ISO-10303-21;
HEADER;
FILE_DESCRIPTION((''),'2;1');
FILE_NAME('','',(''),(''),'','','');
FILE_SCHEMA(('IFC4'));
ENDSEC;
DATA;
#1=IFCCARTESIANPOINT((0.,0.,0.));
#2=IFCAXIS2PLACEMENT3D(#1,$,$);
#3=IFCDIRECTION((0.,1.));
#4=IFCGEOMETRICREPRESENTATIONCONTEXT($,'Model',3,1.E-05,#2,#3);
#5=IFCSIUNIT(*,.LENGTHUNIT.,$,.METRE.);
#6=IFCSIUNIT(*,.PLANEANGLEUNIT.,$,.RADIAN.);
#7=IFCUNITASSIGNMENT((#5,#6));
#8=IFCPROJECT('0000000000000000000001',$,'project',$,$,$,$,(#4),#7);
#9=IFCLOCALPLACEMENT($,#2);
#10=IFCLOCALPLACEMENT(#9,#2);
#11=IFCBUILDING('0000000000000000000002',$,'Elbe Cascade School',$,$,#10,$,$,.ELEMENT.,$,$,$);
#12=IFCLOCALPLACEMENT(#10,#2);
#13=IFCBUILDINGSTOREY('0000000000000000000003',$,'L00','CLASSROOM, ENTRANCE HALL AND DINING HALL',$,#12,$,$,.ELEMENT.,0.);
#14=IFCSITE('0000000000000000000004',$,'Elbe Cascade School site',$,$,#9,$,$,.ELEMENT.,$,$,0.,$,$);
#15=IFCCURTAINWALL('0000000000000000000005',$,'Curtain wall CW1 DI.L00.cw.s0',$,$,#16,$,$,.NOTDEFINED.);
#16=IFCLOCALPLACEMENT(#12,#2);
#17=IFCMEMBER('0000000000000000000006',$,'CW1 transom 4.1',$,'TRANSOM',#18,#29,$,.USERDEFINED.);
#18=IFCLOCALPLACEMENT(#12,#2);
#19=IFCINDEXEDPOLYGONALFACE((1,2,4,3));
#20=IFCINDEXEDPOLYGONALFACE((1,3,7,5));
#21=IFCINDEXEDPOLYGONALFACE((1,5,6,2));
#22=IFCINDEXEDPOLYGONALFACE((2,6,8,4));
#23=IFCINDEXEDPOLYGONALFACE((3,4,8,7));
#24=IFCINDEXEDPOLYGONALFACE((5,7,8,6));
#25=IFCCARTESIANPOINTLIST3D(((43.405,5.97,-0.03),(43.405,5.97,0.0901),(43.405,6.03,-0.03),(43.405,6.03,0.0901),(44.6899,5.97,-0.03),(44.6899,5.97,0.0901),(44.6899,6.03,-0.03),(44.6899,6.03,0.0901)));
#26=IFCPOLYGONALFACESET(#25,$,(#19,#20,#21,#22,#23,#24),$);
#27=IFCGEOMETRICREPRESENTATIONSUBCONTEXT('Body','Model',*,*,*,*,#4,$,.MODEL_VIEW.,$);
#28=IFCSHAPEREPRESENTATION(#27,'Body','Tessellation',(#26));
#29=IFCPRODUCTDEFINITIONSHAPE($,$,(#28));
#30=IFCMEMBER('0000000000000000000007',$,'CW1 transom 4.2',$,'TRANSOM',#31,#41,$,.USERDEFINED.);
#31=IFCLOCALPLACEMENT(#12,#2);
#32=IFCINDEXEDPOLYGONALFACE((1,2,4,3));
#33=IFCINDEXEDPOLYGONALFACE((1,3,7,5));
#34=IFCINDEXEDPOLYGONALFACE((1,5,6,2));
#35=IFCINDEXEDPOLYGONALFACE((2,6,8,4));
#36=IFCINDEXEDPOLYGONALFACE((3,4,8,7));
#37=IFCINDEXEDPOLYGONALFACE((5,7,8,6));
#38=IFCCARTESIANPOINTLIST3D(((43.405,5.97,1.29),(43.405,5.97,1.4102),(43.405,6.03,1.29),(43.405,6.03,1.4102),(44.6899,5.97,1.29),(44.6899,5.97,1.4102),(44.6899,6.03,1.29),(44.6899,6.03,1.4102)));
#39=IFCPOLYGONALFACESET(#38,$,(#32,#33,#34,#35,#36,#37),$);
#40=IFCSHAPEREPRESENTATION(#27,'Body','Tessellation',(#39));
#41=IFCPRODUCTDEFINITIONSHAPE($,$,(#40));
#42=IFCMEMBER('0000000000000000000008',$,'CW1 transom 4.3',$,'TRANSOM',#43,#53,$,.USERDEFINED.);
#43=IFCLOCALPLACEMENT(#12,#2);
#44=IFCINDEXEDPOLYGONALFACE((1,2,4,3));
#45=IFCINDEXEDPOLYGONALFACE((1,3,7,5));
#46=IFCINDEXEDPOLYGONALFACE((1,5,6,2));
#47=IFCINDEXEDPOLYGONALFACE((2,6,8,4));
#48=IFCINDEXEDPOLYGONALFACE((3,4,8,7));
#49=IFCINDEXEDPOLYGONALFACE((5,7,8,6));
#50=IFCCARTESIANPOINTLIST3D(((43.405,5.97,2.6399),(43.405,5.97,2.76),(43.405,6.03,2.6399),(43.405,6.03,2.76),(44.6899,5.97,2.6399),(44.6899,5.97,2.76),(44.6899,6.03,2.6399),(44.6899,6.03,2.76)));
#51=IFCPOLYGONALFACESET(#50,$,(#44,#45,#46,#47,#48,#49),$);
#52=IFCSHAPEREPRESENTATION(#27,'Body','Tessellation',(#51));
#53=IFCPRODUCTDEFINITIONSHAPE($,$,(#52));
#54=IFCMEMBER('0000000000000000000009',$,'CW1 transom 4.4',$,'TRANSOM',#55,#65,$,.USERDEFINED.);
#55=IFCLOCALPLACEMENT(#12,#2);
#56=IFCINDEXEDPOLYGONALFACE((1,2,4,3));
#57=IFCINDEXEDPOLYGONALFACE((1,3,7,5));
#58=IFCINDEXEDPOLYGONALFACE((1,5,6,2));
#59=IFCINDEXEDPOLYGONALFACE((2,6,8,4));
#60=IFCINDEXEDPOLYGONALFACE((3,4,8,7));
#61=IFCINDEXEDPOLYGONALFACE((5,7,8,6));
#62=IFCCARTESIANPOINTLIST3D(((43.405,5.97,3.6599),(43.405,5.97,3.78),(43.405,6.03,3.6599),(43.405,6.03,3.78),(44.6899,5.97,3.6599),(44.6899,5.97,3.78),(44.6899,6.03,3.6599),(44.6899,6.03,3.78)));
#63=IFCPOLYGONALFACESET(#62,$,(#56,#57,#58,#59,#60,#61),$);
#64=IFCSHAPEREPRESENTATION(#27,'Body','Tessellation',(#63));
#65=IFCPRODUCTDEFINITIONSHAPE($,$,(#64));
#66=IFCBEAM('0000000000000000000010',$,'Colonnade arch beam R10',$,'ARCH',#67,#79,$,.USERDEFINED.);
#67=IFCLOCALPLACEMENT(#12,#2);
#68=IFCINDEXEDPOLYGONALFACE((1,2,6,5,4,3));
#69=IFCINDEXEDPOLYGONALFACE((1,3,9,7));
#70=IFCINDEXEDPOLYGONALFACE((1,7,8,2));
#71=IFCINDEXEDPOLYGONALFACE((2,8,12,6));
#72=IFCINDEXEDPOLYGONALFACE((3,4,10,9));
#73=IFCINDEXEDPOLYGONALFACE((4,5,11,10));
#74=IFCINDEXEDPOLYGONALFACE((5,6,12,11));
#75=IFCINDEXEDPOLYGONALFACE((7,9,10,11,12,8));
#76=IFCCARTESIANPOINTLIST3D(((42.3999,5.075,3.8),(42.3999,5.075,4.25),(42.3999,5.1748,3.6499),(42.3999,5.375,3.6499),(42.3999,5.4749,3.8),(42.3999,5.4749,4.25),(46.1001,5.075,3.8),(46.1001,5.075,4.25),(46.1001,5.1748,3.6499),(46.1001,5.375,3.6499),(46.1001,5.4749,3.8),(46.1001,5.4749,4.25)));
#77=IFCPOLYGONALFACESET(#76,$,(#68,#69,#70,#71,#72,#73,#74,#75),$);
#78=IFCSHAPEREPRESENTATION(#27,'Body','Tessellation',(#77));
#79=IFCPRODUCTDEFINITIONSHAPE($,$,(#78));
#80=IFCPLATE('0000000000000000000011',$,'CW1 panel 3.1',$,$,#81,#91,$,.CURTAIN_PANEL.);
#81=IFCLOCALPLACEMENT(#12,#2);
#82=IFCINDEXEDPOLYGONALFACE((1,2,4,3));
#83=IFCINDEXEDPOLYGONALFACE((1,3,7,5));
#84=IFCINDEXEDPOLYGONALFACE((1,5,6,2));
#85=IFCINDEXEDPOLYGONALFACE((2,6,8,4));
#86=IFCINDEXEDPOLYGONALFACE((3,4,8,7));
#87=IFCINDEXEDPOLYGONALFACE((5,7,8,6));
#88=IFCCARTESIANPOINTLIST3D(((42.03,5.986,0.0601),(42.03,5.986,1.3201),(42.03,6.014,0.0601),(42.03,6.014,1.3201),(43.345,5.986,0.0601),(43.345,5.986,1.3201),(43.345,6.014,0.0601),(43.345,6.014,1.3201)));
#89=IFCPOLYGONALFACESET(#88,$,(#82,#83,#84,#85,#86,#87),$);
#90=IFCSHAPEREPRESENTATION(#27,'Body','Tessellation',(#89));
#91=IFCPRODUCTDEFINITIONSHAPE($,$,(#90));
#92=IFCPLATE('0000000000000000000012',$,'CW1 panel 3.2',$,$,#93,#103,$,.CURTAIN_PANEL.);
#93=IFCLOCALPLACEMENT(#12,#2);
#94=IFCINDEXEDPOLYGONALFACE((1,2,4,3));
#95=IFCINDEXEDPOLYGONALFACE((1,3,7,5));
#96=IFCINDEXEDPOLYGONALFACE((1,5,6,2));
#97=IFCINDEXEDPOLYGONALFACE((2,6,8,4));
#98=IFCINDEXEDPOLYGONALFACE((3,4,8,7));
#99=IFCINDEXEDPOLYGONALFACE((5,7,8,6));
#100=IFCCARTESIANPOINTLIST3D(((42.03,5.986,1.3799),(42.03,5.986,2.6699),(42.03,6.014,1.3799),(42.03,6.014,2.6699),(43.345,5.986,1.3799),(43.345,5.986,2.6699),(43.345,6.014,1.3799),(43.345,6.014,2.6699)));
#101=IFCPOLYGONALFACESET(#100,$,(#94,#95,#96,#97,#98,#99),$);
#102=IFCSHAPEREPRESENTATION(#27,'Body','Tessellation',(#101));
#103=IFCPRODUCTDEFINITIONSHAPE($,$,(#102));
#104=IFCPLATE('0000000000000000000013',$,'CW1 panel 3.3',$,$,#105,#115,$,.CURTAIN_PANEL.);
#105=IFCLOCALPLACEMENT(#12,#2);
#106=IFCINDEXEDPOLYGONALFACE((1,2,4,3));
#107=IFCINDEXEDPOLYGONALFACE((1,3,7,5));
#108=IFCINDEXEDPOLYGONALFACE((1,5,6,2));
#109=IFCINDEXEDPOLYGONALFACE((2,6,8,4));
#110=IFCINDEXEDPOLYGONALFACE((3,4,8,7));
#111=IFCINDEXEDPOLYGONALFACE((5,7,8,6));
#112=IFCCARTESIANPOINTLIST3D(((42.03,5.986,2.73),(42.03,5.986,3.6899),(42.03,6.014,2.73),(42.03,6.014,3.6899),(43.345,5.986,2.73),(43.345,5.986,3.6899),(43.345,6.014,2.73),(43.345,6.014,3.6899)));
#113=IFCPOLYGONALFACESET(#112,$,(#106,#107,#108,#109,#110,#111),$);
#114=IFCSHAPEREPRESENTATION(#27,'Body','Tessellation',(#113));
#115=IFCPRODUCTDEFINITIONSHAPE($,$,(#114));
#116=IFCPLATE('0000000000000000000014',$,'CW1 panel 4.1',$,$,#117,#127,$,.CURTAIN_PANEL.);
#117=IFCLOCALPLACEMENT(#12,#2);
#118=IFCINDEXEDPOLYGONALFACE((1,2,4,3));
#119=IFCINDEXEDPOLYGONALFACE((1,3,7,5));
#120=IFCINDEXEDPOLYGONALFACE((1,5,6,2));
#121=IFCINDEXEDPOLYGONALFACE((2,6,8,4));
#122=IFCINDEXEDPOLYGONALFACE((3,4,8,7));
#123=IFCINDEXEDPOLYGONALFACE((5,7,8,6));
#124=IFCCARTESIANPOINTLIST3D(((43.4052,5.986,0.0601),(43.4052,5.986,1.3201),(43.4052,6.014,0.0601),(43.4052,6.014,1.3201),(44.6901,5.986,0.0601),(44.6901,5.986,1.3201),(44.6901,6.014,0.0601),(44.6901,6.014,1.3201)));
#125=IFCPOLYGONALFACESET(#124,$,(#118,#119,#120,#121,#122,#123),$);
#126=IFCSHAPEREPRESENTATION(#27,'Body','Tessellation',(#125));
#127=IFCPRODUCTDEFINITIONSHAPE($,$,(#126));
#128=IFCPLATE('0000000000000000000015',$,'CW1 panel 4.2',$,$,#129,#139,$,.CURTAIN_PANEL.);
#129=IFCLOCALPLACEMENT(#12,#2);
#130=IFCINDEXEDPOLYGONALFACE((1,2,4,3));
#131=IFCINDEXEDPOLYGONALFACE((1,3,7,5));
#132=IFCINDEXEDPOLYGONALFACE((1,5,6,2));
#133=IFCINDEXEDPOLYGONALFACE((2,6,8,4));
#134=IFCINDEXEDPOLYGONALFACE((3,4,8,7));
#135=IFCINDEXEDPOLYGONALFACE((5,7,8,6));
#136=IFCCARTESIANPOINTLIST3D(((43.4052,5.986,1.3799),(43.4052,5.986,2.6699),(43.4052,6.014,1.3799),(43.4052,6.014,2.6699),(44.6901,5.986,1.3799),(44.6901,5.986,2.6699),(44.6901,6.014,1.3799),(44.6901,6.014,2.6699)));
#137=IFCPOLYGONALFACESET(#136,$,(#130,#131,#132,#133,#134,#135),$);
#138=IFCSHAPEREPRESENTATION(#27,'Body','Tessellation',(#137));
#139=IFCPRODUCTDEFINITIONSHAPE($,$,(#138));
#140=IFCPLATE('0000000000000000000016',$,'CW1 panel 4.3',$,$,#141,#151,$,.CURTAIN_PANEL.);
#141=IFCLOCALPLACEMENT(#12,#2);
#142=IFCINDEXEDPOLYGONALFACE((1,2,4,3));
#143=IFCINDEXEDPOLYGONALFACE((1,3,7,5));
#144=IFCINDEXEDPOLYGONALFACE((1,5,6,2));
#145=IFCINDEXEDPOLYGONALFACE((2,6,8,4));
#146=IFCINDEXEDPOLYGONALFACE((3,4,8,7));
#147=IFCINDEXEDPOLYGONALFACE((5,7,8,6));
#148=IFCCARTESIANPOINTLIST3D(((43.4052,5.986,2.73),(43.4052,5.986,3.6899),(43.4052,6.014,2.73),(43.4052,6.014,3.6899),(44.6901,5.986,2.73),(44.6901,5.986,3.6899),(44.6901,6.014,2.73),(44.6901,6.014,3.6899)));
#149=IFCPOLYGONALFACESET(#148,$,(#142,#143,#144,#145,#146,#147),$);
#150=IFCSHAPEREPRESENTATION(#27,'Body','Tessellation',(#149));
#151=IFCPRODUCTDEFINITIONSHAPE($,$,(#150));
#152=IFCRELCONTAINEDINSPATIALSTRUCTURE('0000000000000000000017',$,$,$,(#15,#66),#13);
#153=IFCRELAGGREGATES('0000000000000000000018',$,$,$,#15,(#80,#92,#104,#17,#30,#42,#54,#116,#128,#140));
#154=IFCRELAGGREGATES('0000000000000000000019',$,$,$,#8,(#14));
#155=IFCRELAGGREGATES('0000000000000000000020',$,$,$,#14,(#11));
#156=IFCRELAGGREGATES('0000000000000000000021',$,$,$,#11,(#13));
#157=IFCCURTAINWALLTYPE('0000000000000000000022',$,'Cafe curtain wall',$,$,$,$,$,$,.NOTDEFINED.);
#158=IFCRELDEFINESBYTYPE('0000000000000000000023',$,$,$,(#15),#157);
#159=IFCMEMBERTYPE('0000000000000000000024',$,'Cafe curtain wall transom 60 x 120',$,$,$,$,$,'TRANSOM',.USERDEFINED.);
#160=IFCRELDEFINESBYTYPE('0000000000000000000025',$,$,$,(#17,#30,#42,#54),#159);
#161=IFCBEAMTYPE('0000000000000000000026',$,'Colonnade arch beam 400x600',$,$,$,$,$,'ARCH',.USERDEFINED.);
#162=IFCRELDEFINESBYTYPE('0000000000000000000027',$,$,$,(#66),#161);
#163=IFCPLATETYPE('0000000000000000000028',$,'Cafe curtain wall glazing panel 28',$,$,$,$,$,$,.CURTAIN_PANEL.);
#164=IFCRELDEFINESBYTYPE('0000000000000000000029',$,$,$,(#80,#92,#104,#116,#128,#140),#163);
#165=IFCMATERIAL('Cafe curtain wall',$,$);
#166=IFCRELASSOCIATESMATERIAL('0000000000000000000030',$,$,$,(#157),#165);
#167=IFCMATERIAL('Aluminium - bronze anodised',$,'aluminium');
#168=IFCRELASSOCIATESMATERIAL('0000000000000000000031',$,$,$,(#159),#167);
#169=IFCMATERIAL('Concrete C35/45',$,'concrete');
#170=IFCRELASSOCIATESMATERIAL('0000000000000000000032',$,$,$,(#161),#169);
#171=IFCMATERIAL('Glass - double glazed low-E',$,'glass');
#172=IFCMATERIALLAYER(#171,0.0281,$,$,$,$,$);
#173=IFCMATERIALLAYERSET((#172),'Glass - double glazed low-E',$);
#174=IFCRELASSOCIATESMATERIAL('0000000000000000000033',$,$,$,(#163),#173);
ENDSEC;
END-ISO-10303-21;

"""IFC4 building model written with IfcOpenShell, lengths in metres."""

from ifc_helpers import new_model, si_unit, direction, frame, origin, origin_2d, place, context, subcontext, project, spatial, polyline, rectangle, outline, extrude, material, layer, layer_set, material_profile, profile_set, type_object, element, aggregate, save


model = new_model("IFC4")

# Units and contexts
model_context = context("Model", 3, precision=1e-05, world=origin(), true_north=direction((0.0, 1.0)))
body_context = subcontext(model_context, "Body", "Model", "MODEL_VIEW")
ifc_project = project(units=[si_unit("LENGTHUNIT", "METRE"), si_unit("PLANEANGLEUNIT", "RADIAN")], contexts=[model_context])

# Site, building, storey
site_placement = place(None, origin())
site = spatial("IfcSite", under=ifc_project, at=site_placement, Name="Elbe Cascade School site", CompositionType="ELEMENT", RefElevation=0.0)
building_placement = place(site_placement, origin())
building = spatial("IfcBuilding", under=site, at=building_placement, Name="Elbe Cascade School", CompositionType="ELEMENT")
storey_placement = place(building_placement, origin())
storey = spatial("IfcBuildingStorey", under=building, at=storey_placement, Name="L00", Description="CLASSROOM, ENTRANCE HALL AND DINING HALL", CompositionType="ELEMENT", Elevation=0.0)

# Curtain wall, members
ifc_material_1 = material(Name="Cafe curtain wall")
curtain_wall_type = type_object("IfcCurtainWallType", Name="Cafe curtain wall", PredefinedType="NOTDEFINED", material=ifc_material_1)
curtain_wall_placement = place(storey_placement, origin())
curtain_wall = element("IfcCurtainWall", 1, at=curtain_wall_placement, inside=storey, type_object=curtain_wall_type, Name="Curtain wall CW1 DI.L00.cw.s0", PredefinedType="NOTDEFINED")
ifc_material_2 = material(Name="Aluminium - bronze anodised", Category="aluminium")
ifc_material_profile_1 = material_profile(ifc_material_2, rectangle(XDim=0.0601, YDim=0.1201, at=origin_2d()), Name="RECT 60x120")
ifc_profile_set_1 = profile_set([ifc_material_profile_1], Name="Aluminium - bronze anodised")
member_type_1 = type_object("IfcMemberType", Name="Cafe curtain wall transom 60 x 120", ElementType="TRANSOM", PredefinedType="USERDEFINED", material=ifc_profile_set_1)
member_1_placement = place(storey_placement, frame((43.405, 6.0, 0.03), z_axis=(1.0, 0.0, 0.0), x_axis=(0.0, 1.0, 0.0)))
member_1 = element("IfcMember", 2, at=member_1_placement, type_object=member_type_1, Name="CW1 transom 4.1", ObjectType="TRANSOM", PredefinedType="USERDEFINED", context=body_context, shape_type="SweptSolid", body=[
    extrude(rectangle(XDim=0.0601, YDim=0.1201, at=origin_2d()), origin(), (0.0, 0.0, 1.0), 1.2849),
])
member_2_placement = place(storey_placement, frame((43.405, 6.0, 1.3501), z_axis=(1.0, 0.0, 0.0), x_axis=(0.0, 1.0, 0.0)))
member_2 = element("IfcMember", 3, at=member_2_placement, type_object=member_type_1, Name="CW1 transom 4.2", ObjectType="TRANSOM", PredefinedType="USERDEFINED", context=body_context, shape_type="SweptSolid", body=[
    extrude(rectangle(XDim=0.0601, YDim=0.1201, at=origin_2d()), origin(), (0.0, 0.0, 1.0), 1.2849),
])
member_3_placement = place(storey_placement, frame((43.405, 6.0, 2.7), z_axis=(1.0, 0.0, 0.0), x_axis=(0.0, 1.0, 0.0)))
member_3 = element("IfcMember", 4, at=member_3_placement, type_object=member_type_1, Name="CW1 transom 4.3", ObjectType="TRANSOM", PredefinedType="USERDEFINED", context=body_context, shape_type="SweptSolid", body=[
    extrude(rectangle(XDim=0.0601, YDim=0.1201, at=origin_2d()), origin(), (0.0, 0.0, 1.0), 1.2849),
])
member_4_placement = place(storey_placement, frame((43.405, 6.0, 3.72), z_axis=(1.0, 0.0, 0.0), x_axis=(0.0, 1.0, 0.0)))
member_4 = element("IfcMember", 5, at=member_4_placement, type_object=member_type_1, Name="CW1 transom 4.4", ObjectType="TRANSOM", PredefinedType="USERDEFINED", context=body_context, shape_type="SweptSolid", body=[
    extrude(rectangle(XDim=0.0601, YDim=0.1201, at=origin_2d()), origin(), (0.0, 0.0, 1.0), 1.2849),
])

# Beam
ifc_material_3 = material(Name="Concrete C35/45", Category="concrete")
ifc_material_profile_2 = material_profile(ifc_material_3, outline(polyline([(-0.2, 0.3), (0.2, 0.3), (0.2, -0.1499), (0.1001, -0.3), (-0.1001, -0.3), (-0.2, -0.1499), (-0.2, 0.3)])), Name="RC arch 400x600")
ifc_profile_set_2 = profile_set([ifc_material_profile_2], Name="Concrete C35/45")
beam_type_1 = type_object("IfcBeamType", Name="Colonnade arch beam 400x600", ElementType="ARCH", PredefinedType="USERDEFINED", material=ifc_profile_set_2)
beam_1_placement = place(storey_placement, frame((42.3999, 5.2749, 3.95), z_axis=(1.0, 0.0, 0.0), x_axis=(0.0, 1.0, 0.0)))
element("IfcBeam", 6, at=beam_1_placement, inside=storey, type_object=beam_type_1, Name="Colonnade arch beam R10", ObjectType="ARCH", PredefinedType="USERDEFINED", context=body_context, shape_type="SweptSolid", body=[
    extrude(outline(polyline([(-0.2, 0.3), (0.2, 0.3), (0.2, -0.1499), (0.1001, -0.3), (-0.1001, -0.3), (-0.2, -0.1499), (-0.2, 0.3)])), origin(), (0.0, 0.0, 1.0), 3.7002),
])

# Plates
ifc_material_4 = material(Name="Glass - double glazed low-E", Category="glass")
ifc_layer = layer(ifc_material_4, 0.0281)
ifc_layer_set = layer_set([ifc_layer], Name="Glass - double glazed low-E")
plate_type = type_object("IfcPlateType", Name="Cafe curtain wall glazing panel 28", PredefinedType="CURTAIN_PANEL", material=ifc_layer_set)
plate_1_placement = place(storey_placement, frame((42.6875, 6.0, 0.0601), z_axis=(0.0, 0.0, 1.0), x_axis=(1.0, 0.0, 0.0)))
plate_1 = element("IfcPlate", 7, at=plate_1_placement, type_object=plate_type, Name="CW1 panel 3.1", PredefinedType="CURTAIN_PANEL", context=body_context, shape_type="SweptSolid", body=[
    extrude(rectangle(XDim=1.3149, YDim=0.0281, at=origin_2d()), origin(), (0.0, 0.0, 1.0), 1.26),
])
plate_2_placement = place(storey_placement, frame((42.6875, 6.0, 1.3799), z_axis=(0.0, 0.0, 1.0), x_axis=(1.0, 0.0, 0.0)))
plate_2 = element("IfcPlate", 8, at=plate_2_placement, type_object=plate_type, Name="CW1 panel 3.2", PredefinedType="CURTAIN_PANEL", context=body_context, shape_type="SweptSolid", body=[
    extrude(rectangle(XDim=1.3149, YDim=0.0281, at=origin_2d()), origin(), (0.0, 0.0, 1.0), 1.29),
])
plate_3_placement = place(storey_placement, frame((42.6875, 6.0, 2.73), z_axis=(0.0, 0.0, 1.0), x_axis=(1.0, 0.0, 0.0)))
plate_3 = element("IfcPlate", 9, at=plate_3_placement, type_object=plate_type, Name="CW1 panel 3.3", PredefinedType="CURTAIN_PANEL", context=body_context, shape_type="SweptSolid", body=[
    extrude(rectangle(XDim=1.3149, YDim=0.0281, at=origin_2d()), origin(), (0.0, 0.0, 1.0), 0.96),
])
plate_4_placement = place(storey_placement, frame((44.0476, 6.0, 0.0601), z_axis=(0.0, 0.0, 1.0), x_axis=(1.0, 0.0, 0.0)))
plate_4 = element("IfcPlate", 10, at=plate_4_placement, type_object=plate_type, Name="CW1 panel 4.1", PredefinedType="CURTAIN_PANEL", context=body_context, shape_type="SweptSolid", body=[
    extrude(rectangle(XDim=1.2849, YDim=0.0281, at=origin_2d()), origin(), (0.0, 0.0, 1.0), 1.26),
])
plate_5_placement = place(storey_placement, frame((44.0476, 6.0, 1.3799), z_axis=(0.0, 0.0, 1.0), x_axis=(1.0, 0.0, 0.0)))
plate_5 = element("IfcPlate", 11, at=plate_5_placement, type_object=plate_type, Name="CW1 panel 4.2", PredefinedType="CURTAIN_PANEL", context=body_context, shape_type="SweptSolid", body=[
    extrude(rectangle(XDim=1.2849, YDim=0.0281, at=origin_2d()), origin(), (0.0, 0.0, 1.0), 1.29),
])
plate_6_placement = place(storey_placement, frame((44.0476, 6.0, 2.73), z_axis=(0.0, 0.0, 1.0), x_axis=(1.0, 0.0, 0.0)))
plate_6 = element("IfcPlate", 12, at=plate_6_placement, type_object=plate_type, Name="CW1 panel 4.3", PredefinedType="CURTAIN_PANEL", context=body_context, shape_type="SweptSolid", body=[
    extrude(rectangle(XDim=1.2849, YDim=0.0281, at=origin_2d()), origin(), (0.0, 0.0, 1.0), 0.96),
])
aggregate(curtain_wall, [plate_1, plate_2, plate_3, member_1, member_2, member_3, member_4, plate_4, plate_5, plate_6])

save(model, "model.ifc")
